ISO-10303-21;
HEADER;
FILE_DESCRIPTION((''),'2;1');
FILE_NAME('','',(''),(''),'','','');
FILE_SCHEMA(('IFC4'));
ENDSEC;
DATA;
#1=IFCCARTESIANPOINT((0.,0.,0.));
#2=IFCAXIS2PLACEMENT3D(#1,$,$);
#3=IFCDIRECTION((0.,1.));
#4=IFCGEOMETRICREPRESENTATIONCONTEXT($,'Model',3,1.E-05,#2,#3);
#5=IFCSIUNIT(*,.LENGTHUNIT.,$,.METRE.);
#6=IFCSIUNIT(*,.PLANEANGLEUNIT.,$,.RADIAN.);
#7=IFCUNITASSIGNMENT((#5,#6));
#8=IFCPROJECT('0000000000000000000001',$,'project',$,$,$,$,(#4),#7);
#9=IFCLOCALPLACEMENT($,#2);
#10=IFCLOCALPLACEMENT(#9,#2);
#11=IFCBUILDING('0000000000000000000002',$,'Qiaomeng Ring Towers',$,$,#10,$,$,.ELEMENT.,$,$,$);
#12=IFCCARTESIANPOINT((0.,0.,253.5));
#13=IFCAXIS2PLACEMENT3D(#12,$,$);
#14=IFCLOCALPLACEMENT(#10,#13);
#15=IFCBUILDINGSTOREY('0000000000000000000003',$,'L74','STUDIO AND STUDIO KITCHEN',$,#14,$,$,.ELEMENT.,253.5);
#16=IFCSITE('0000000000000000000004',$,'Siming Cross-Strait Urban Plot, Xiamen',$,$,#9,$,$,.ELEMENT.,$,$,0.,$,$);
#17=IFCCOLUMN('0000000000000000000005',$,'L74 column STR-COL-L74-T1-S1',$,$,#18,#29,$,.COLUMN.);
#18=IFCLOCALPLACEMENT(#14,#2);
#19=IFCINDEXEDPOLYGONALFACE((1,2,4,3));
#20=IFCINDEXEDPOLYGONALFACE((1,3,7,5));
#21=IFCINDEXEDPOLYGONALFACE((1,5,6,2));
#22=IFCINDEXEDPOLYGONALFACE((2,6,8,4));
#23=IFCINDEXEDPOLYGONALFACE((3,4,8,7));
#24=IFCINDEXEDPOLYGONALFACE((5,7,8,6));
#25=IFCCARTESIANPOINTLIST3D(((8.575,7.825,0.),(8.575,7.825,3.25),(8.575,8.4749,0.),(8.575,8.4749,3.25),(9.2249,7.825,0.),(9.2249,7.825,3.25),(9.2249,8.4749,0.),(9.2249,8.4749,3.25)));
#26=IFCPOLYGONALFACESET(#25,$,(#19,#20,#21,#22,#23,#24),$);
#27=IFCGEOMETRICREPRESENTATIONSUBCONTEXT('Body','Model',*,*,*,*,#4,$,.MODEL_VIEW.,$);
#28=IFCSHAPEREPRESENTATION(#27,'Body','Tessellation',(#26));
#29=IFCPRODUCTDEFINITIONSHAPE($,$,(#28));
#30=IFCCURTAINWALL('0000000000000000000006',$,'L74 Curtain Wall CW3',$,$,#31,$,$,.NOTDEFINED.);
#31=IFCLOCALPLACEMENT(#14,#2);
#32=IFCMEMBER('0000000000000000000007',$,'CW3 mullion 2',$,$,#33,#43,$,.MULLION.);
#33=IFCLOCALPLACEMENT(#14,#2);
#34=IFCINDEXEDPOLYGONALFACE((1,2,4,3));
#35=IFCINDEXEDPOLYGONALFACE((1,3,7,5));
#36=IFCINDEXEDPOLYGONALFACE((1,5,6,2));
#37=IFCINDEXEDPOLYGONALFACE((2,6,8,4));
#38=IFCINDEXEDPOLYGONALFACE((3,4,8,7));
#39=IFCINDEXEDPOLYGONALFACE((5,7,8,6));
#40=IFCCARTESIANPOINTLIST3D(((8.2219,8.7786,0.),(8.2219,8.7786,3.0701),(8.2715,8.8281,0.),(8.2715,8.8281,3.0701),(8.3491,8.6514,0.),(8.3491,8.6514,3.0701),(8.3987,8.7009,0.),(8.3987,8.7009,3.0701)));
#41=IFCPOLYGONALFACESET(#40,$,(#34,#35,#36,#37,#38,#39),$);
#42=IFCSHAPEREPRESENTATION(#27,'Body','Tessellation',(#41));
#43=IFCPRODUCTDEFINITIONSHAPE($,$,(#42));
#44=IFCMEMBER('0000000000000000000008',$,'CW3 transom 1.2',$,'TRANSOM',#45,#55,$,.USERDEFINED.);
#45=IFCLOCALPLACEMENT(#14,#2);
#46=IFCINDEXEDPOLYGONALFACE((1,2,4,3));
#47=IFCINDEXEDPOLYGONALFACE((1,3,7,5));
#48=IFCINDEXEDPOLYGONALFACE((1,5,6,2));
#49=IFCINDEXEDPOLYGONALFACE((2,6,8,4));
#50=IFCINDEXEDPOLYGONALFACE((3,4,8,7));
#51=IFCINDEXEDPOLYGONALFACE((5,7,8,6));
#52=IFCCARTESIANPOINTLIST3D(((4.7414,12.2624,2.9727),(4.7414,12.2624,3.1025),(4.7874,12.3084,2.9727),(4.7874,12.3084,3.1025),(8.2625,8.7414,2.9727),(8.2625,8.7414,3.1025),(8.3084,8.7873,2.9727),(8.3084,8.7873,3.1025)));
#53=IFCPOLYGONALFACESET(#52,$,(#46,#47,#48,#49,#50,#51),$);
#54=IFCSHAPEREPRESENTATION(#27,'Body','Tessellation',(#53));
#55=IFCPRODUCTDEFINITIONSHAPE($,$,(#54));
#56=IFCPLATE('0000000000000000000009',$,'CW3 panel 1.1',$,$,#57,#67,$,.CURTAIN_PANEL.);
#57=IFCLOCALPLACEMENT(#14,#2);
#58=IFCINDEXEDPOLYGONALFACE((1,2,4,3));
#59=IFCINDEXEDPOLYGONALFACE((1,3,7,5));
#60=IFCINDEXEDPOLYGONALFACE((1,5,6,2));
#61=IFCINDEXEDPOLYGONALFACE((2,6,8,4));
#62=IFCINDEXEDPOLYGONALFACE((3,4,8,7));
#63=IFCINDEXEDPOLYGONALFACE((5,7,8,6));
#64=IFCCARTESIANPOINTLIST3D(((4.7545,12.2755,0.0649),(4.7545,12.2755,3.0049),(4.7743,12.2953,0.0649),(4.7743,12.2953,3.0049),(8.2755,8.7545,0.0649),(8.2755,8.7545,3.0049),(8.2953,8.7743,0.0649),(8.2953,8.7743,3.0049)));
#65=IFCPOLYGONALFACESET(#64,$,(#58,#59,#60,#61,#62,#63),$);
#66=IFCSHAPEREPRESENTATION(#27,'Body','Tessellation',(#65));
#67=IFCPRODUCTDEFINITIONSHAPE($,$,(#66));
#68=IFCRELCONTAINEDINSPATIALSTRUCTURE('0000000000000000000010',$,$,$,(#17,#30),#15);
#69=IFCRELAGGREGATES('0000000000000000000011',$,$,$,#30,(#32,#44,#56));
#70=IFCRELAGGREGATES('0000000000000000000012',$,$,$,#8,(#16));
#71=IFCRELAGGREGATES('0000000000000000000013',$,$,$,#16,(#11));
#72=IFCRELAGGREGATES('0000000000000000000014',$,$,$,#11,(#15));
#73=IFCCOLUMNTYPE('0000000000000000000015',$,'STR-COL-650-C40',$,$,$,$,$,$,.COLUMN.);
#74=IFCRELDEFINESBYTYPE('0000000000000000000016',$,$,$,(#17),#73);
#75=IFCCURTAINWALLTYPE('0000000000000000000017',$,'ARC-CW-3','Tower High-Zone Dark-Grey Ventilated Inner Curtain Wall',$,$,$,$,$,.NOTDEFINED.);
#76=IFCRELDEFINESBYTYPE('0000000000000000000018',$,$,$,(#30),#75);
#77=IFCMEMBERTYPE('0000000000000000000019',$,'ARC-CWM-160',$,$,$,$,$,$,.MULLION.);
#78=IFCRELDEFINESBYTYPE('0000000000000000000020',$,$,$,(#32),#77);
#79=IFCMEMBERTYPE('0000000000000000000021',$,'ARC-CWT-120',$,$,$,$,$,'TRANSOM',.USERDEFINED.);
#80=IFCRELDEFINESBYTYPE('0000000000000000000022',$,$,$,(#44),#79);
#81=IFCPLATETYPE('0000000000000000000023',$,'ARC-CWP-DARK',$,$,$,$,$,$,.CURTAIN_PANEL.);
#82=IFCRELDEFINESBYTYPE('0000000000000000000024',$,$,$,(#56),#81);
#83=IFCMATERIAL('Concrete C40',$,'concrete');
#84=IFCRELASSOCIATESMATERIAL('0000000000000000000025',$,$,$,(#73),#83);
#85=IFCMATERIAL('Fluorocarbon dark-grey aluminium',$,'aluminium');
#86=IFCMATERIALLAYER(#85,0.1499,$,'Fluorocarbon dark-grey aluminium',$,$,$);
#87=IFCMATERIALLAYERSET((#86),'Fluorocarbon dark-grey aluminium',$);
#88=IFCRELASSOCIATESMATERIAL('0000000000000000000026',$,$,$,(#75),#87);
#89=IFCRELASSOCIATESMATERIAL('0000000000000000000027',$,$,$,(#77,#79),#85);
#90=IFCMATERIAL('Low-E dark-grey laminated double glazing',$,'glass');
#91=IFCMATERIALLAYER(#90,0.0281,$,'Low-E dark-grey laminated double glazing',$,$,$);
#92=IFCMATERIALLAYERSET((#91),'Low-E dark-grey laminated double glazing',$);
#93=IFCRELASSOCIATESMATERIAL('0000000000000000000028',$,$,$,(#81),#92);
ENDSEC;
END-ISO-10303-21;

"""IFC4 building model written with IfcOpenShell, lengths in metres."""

from ifc_helpers import new_model, si_unit, direction, frame, origin, origin_2d, place, context, subcontext, project, spatial, rectangle, extrude, source, transform, mapped, material, layer, layer_set, material_profile, profile_set, type_object, element, aggregate, save


model = new_model("IFC4")

# Units and contexts
model_context = context("Model", 3, precision=1e-05, world=origin(), true_north=direction((0.0, 1.0)))
body_context = subcontext(model_context, "Body", "Model", "MODEL_VIEW")
ifc_project = project(units=[si_unit("LENGTHUNIT", "METRE"), si_unit("PLANEANGLEUNIT", "RADIAN")], contexts=[model_context])

# Site, building, storey
site_placement = place(None, origin())
site = spatial("IfcSite", under=ifc_project, at=site_placement, Name="Siming Cross-Strait Urban Plot, Xiamen", CompositionType="ELEMENT", RefElevation=0.0)
building_placement = place(site_placement, origin())
building = spatial("IfcBuilding", under=site, at=building_placement, Name="Qiaomeng Ring Towers", CompositionType="ELEMENT")
storey_placement = place(building_placement, frame((0.0, 0.0, 253.5)))
storey = spatial("IfcBuildingStorey", under=building, at=storey_placement, Name="L74", Description="STUDIO AND STUDIO KITCHEN", CompositionType="ELEMENT", Elevation=253.5)

# Column
ifc_material_1 = material(Name="Concrete C40", Category="concrete")
ifc_material_profile_1 = material_profile(ifc_material_1, rectangle(XDim=0.6499, YDim=0.6499, at=origin_2d()), Name="RC COL 650x650")
ifc_profile_set_1 = profile_set([ifc_material_profile_1], Name="Concrete C40")
column_type = type_object("IfcColumnType", Name="STR-COL-650-C40", PredefinedType="COLUMN", material=ifc_profile_set_1)
shared_shape_1 = source(origin(), body_context, "Body", "SweptSolid", [
    extrude(rectangle(XDim=0.6499, YDim=0.6499, at=origin_2d()), origin(), (0.0, 0.0, 1.0), 3.25),
])
column_placement = place(storey_placement, frame((8.8999, 8.1499, 0.0), z_axis=(0.0, 0.0, 1.0), x_axis=(1.0, 0.0, 0.0)))
element("IfcColumn", 1, at=column_placement, inside=storey, type_object=column_type, Name="L74 column STR-COL-L74-T1-S1", PredefinedType="COLUMN", context=body_context, shape_type="MappedRepresentation", body=[
    mapped(shared_shape_1, transform((0.0, 0.0, 0.0), x_axis=(1.0, 0.0, 0.0), y_axis=(0.0, 1.0, 0.0), z_axis=(0.0, 0.0, 1.0), scale=1.0)),
])

# Curtain wall, members, plate
ifc_material_2 = material(Name="Fluorocarbon dark-grey aluminium", Category="aluminium")
ifc_layer_1 = layer(ifc_material_2, 0.1499, Name="Fluorocarbon dark-grey aluminium")
ifc_layer_set_1 = layer_set([ifc_layer_1], Name="Fluorocarbon dark-grey aluminium")
curtain_wall_type = type_object("IfcCurtainWallType", Name="ARC-CW-3", Description="Tower High-Zone Dark-Grey Ventilated Inner Curtain Wall", PredefinedType="NOTDEFINED", material=ifc_layer_set_1)
curtain_wall_placement = place(storey_placement, origin())
curtain_wall = element("IfcCurtainWall", 2, at=curtain_wall_placement, inside=storey, type_object=curtain_wall_type, Name="L74 Curtain Wall CW3", PredefinedType="NOTDEFINED")
ifc_material_profile_2 = material_profile(ifc_material_2, rectangle(XDim=0.0701, YDim=0.1799, at=origin_2d()), Name="ALU MULL 70x180")
ifc_profile_set_2 = profile_set([ifc_material_profile_2], Name="Fluorocarbon dark-grey aluminium")
member_type_1 = type_object("IfcMemberType", Name="ARC-CWM-160", PredefinedType="MULLION", material=ifc_profile_set_2)
shared_shape_2 = source(origin(), body_context, "Body", "SweptSolid", [
    extrude(rectangle(XDim=0.0701, YDim=0.1799, at=origin_2d()), origin(), (0.0, 0.0, 1.0), 3.0701),
])
member_1_placement = place(storey_placement, frame((8.3103, 8.7397, 0.0), z_axis=(0.0, 0.0, 1.0), x_axis=(0.707107, 0.707107, 0.0)))
member_1 = element("IfcMember", 3, at=member_1_placement, type_object=member_type_1, Name="CW3 mullion 2", PredefinedType="MULLION", context=body_context, shape_type="MappedRepresentation", body=[
    mapped(shared_shape_2, transform((0.0, 0.0, 0.0), x_axis=(1.0, 0.0, 0.0), y_axis=(0.0, 1.0, 0.0), z_axis=(0.0, 0.0, 1.0), scale=1.0)),
])
ifc_material_profile_3 = material_profile(ifc_material_2, rectangle(XDim=0.0649, YDim=0.1299, at=origin_2d()), Name="ALU TRAN 65x130")
ifc_profile_set_3 = profile_set([ifc_material_profile_3], Name="Fluorocarbon dark-grey aluminium")
member_type_2 = type_object("IfcMemberType", Name="ARC-CWT-120", ElementType="TRANSOM", PredefinedType="USERDEFINED", material=ifc_profile_set_3)
shared_shape_3 = source(origin(), body_context, "Body", "SweptSolid", [
    extrude(rectangle(XDim=0.0649, YDim=0.1299, at=origin_2d()), origin(), (0.0, 0.0, 1.0), 4.9795),
])
member_2_placement = place(storey_placement, frame((4.7644, 12.2854, 3.0376), z_axis=(0.707107, -0.707107, 0.0), x_axis=(0.707107, 0.707107, 0.0)))
member_2 = element("IfcMember", 4, at=member_2_placement, type_object=member_type_2, Name="CW3 transom 1.2", ObjectType="TRANSOM", PredefinedType="USERDEFINED", context=body_context, shape_type="MappedRepresentation", body=[
    mapped(shared_shape_3, transform((0.0, 0.0, 0.0), x_axis=(1.0, 0.0, 0.0), y_axis=(0.0, 1.0, 0.0), z_axis=(0.0, 0.0, 1.0), scale=1.0)),
])
ifc_material_3 = material(Name="Low-E dark-grey laminated double glazing", Category="glass")
ifc_layer_2 = layer(ifc_material_3, 0.0281, Name="Low-E dark-grey laminated double glazing")
ifc_layer_set_2 = layer_set([ifc_layer_2], Name="Low-E dark-grey laminated double glazing")
plate_type = type_object("IfcPlateType", Name="ARC-CWP-DARK", PredefinedType="CURTAIN_PANEL", material=ifc_layer_set_2)
shared_shape_4 = source(origin(), body_context, "Body", "SweptSolid", [
    extrude(rectangle(XDim=4.9795, YDim=0.0281, at=origin_2d()), origin(), (0.0, 0.0, 1.0), 2.9399),
])
plate_placement = place(storey_placement, frame((6.5249, 10.5249, 0.0649), z_axis=(0.0, 0.0, 1.0), x_axis=(0.707107, -0.707107, 0.0)))
plate = element("IfcPlate", 5, at=plate_placement, type_object=plate_type, Name="CW3 panel 1.1", PredefinedType="CURTAIN_PANEL", context=body_context, shape_type="MappedRepresentation", body=[
    mapped(shared_shape_4, transform((0.0, 0.0, 0.0), x_axis=(1.0, 0.0, 0.0), y_axis=(0.0, 1.0, 0.0), z_axis=(0.0, 0.0, 1.0), scale=1.0)),
])
aggregate(curtain_wall, [member_1, member_2, plate])

save(model, "model.ifc")
